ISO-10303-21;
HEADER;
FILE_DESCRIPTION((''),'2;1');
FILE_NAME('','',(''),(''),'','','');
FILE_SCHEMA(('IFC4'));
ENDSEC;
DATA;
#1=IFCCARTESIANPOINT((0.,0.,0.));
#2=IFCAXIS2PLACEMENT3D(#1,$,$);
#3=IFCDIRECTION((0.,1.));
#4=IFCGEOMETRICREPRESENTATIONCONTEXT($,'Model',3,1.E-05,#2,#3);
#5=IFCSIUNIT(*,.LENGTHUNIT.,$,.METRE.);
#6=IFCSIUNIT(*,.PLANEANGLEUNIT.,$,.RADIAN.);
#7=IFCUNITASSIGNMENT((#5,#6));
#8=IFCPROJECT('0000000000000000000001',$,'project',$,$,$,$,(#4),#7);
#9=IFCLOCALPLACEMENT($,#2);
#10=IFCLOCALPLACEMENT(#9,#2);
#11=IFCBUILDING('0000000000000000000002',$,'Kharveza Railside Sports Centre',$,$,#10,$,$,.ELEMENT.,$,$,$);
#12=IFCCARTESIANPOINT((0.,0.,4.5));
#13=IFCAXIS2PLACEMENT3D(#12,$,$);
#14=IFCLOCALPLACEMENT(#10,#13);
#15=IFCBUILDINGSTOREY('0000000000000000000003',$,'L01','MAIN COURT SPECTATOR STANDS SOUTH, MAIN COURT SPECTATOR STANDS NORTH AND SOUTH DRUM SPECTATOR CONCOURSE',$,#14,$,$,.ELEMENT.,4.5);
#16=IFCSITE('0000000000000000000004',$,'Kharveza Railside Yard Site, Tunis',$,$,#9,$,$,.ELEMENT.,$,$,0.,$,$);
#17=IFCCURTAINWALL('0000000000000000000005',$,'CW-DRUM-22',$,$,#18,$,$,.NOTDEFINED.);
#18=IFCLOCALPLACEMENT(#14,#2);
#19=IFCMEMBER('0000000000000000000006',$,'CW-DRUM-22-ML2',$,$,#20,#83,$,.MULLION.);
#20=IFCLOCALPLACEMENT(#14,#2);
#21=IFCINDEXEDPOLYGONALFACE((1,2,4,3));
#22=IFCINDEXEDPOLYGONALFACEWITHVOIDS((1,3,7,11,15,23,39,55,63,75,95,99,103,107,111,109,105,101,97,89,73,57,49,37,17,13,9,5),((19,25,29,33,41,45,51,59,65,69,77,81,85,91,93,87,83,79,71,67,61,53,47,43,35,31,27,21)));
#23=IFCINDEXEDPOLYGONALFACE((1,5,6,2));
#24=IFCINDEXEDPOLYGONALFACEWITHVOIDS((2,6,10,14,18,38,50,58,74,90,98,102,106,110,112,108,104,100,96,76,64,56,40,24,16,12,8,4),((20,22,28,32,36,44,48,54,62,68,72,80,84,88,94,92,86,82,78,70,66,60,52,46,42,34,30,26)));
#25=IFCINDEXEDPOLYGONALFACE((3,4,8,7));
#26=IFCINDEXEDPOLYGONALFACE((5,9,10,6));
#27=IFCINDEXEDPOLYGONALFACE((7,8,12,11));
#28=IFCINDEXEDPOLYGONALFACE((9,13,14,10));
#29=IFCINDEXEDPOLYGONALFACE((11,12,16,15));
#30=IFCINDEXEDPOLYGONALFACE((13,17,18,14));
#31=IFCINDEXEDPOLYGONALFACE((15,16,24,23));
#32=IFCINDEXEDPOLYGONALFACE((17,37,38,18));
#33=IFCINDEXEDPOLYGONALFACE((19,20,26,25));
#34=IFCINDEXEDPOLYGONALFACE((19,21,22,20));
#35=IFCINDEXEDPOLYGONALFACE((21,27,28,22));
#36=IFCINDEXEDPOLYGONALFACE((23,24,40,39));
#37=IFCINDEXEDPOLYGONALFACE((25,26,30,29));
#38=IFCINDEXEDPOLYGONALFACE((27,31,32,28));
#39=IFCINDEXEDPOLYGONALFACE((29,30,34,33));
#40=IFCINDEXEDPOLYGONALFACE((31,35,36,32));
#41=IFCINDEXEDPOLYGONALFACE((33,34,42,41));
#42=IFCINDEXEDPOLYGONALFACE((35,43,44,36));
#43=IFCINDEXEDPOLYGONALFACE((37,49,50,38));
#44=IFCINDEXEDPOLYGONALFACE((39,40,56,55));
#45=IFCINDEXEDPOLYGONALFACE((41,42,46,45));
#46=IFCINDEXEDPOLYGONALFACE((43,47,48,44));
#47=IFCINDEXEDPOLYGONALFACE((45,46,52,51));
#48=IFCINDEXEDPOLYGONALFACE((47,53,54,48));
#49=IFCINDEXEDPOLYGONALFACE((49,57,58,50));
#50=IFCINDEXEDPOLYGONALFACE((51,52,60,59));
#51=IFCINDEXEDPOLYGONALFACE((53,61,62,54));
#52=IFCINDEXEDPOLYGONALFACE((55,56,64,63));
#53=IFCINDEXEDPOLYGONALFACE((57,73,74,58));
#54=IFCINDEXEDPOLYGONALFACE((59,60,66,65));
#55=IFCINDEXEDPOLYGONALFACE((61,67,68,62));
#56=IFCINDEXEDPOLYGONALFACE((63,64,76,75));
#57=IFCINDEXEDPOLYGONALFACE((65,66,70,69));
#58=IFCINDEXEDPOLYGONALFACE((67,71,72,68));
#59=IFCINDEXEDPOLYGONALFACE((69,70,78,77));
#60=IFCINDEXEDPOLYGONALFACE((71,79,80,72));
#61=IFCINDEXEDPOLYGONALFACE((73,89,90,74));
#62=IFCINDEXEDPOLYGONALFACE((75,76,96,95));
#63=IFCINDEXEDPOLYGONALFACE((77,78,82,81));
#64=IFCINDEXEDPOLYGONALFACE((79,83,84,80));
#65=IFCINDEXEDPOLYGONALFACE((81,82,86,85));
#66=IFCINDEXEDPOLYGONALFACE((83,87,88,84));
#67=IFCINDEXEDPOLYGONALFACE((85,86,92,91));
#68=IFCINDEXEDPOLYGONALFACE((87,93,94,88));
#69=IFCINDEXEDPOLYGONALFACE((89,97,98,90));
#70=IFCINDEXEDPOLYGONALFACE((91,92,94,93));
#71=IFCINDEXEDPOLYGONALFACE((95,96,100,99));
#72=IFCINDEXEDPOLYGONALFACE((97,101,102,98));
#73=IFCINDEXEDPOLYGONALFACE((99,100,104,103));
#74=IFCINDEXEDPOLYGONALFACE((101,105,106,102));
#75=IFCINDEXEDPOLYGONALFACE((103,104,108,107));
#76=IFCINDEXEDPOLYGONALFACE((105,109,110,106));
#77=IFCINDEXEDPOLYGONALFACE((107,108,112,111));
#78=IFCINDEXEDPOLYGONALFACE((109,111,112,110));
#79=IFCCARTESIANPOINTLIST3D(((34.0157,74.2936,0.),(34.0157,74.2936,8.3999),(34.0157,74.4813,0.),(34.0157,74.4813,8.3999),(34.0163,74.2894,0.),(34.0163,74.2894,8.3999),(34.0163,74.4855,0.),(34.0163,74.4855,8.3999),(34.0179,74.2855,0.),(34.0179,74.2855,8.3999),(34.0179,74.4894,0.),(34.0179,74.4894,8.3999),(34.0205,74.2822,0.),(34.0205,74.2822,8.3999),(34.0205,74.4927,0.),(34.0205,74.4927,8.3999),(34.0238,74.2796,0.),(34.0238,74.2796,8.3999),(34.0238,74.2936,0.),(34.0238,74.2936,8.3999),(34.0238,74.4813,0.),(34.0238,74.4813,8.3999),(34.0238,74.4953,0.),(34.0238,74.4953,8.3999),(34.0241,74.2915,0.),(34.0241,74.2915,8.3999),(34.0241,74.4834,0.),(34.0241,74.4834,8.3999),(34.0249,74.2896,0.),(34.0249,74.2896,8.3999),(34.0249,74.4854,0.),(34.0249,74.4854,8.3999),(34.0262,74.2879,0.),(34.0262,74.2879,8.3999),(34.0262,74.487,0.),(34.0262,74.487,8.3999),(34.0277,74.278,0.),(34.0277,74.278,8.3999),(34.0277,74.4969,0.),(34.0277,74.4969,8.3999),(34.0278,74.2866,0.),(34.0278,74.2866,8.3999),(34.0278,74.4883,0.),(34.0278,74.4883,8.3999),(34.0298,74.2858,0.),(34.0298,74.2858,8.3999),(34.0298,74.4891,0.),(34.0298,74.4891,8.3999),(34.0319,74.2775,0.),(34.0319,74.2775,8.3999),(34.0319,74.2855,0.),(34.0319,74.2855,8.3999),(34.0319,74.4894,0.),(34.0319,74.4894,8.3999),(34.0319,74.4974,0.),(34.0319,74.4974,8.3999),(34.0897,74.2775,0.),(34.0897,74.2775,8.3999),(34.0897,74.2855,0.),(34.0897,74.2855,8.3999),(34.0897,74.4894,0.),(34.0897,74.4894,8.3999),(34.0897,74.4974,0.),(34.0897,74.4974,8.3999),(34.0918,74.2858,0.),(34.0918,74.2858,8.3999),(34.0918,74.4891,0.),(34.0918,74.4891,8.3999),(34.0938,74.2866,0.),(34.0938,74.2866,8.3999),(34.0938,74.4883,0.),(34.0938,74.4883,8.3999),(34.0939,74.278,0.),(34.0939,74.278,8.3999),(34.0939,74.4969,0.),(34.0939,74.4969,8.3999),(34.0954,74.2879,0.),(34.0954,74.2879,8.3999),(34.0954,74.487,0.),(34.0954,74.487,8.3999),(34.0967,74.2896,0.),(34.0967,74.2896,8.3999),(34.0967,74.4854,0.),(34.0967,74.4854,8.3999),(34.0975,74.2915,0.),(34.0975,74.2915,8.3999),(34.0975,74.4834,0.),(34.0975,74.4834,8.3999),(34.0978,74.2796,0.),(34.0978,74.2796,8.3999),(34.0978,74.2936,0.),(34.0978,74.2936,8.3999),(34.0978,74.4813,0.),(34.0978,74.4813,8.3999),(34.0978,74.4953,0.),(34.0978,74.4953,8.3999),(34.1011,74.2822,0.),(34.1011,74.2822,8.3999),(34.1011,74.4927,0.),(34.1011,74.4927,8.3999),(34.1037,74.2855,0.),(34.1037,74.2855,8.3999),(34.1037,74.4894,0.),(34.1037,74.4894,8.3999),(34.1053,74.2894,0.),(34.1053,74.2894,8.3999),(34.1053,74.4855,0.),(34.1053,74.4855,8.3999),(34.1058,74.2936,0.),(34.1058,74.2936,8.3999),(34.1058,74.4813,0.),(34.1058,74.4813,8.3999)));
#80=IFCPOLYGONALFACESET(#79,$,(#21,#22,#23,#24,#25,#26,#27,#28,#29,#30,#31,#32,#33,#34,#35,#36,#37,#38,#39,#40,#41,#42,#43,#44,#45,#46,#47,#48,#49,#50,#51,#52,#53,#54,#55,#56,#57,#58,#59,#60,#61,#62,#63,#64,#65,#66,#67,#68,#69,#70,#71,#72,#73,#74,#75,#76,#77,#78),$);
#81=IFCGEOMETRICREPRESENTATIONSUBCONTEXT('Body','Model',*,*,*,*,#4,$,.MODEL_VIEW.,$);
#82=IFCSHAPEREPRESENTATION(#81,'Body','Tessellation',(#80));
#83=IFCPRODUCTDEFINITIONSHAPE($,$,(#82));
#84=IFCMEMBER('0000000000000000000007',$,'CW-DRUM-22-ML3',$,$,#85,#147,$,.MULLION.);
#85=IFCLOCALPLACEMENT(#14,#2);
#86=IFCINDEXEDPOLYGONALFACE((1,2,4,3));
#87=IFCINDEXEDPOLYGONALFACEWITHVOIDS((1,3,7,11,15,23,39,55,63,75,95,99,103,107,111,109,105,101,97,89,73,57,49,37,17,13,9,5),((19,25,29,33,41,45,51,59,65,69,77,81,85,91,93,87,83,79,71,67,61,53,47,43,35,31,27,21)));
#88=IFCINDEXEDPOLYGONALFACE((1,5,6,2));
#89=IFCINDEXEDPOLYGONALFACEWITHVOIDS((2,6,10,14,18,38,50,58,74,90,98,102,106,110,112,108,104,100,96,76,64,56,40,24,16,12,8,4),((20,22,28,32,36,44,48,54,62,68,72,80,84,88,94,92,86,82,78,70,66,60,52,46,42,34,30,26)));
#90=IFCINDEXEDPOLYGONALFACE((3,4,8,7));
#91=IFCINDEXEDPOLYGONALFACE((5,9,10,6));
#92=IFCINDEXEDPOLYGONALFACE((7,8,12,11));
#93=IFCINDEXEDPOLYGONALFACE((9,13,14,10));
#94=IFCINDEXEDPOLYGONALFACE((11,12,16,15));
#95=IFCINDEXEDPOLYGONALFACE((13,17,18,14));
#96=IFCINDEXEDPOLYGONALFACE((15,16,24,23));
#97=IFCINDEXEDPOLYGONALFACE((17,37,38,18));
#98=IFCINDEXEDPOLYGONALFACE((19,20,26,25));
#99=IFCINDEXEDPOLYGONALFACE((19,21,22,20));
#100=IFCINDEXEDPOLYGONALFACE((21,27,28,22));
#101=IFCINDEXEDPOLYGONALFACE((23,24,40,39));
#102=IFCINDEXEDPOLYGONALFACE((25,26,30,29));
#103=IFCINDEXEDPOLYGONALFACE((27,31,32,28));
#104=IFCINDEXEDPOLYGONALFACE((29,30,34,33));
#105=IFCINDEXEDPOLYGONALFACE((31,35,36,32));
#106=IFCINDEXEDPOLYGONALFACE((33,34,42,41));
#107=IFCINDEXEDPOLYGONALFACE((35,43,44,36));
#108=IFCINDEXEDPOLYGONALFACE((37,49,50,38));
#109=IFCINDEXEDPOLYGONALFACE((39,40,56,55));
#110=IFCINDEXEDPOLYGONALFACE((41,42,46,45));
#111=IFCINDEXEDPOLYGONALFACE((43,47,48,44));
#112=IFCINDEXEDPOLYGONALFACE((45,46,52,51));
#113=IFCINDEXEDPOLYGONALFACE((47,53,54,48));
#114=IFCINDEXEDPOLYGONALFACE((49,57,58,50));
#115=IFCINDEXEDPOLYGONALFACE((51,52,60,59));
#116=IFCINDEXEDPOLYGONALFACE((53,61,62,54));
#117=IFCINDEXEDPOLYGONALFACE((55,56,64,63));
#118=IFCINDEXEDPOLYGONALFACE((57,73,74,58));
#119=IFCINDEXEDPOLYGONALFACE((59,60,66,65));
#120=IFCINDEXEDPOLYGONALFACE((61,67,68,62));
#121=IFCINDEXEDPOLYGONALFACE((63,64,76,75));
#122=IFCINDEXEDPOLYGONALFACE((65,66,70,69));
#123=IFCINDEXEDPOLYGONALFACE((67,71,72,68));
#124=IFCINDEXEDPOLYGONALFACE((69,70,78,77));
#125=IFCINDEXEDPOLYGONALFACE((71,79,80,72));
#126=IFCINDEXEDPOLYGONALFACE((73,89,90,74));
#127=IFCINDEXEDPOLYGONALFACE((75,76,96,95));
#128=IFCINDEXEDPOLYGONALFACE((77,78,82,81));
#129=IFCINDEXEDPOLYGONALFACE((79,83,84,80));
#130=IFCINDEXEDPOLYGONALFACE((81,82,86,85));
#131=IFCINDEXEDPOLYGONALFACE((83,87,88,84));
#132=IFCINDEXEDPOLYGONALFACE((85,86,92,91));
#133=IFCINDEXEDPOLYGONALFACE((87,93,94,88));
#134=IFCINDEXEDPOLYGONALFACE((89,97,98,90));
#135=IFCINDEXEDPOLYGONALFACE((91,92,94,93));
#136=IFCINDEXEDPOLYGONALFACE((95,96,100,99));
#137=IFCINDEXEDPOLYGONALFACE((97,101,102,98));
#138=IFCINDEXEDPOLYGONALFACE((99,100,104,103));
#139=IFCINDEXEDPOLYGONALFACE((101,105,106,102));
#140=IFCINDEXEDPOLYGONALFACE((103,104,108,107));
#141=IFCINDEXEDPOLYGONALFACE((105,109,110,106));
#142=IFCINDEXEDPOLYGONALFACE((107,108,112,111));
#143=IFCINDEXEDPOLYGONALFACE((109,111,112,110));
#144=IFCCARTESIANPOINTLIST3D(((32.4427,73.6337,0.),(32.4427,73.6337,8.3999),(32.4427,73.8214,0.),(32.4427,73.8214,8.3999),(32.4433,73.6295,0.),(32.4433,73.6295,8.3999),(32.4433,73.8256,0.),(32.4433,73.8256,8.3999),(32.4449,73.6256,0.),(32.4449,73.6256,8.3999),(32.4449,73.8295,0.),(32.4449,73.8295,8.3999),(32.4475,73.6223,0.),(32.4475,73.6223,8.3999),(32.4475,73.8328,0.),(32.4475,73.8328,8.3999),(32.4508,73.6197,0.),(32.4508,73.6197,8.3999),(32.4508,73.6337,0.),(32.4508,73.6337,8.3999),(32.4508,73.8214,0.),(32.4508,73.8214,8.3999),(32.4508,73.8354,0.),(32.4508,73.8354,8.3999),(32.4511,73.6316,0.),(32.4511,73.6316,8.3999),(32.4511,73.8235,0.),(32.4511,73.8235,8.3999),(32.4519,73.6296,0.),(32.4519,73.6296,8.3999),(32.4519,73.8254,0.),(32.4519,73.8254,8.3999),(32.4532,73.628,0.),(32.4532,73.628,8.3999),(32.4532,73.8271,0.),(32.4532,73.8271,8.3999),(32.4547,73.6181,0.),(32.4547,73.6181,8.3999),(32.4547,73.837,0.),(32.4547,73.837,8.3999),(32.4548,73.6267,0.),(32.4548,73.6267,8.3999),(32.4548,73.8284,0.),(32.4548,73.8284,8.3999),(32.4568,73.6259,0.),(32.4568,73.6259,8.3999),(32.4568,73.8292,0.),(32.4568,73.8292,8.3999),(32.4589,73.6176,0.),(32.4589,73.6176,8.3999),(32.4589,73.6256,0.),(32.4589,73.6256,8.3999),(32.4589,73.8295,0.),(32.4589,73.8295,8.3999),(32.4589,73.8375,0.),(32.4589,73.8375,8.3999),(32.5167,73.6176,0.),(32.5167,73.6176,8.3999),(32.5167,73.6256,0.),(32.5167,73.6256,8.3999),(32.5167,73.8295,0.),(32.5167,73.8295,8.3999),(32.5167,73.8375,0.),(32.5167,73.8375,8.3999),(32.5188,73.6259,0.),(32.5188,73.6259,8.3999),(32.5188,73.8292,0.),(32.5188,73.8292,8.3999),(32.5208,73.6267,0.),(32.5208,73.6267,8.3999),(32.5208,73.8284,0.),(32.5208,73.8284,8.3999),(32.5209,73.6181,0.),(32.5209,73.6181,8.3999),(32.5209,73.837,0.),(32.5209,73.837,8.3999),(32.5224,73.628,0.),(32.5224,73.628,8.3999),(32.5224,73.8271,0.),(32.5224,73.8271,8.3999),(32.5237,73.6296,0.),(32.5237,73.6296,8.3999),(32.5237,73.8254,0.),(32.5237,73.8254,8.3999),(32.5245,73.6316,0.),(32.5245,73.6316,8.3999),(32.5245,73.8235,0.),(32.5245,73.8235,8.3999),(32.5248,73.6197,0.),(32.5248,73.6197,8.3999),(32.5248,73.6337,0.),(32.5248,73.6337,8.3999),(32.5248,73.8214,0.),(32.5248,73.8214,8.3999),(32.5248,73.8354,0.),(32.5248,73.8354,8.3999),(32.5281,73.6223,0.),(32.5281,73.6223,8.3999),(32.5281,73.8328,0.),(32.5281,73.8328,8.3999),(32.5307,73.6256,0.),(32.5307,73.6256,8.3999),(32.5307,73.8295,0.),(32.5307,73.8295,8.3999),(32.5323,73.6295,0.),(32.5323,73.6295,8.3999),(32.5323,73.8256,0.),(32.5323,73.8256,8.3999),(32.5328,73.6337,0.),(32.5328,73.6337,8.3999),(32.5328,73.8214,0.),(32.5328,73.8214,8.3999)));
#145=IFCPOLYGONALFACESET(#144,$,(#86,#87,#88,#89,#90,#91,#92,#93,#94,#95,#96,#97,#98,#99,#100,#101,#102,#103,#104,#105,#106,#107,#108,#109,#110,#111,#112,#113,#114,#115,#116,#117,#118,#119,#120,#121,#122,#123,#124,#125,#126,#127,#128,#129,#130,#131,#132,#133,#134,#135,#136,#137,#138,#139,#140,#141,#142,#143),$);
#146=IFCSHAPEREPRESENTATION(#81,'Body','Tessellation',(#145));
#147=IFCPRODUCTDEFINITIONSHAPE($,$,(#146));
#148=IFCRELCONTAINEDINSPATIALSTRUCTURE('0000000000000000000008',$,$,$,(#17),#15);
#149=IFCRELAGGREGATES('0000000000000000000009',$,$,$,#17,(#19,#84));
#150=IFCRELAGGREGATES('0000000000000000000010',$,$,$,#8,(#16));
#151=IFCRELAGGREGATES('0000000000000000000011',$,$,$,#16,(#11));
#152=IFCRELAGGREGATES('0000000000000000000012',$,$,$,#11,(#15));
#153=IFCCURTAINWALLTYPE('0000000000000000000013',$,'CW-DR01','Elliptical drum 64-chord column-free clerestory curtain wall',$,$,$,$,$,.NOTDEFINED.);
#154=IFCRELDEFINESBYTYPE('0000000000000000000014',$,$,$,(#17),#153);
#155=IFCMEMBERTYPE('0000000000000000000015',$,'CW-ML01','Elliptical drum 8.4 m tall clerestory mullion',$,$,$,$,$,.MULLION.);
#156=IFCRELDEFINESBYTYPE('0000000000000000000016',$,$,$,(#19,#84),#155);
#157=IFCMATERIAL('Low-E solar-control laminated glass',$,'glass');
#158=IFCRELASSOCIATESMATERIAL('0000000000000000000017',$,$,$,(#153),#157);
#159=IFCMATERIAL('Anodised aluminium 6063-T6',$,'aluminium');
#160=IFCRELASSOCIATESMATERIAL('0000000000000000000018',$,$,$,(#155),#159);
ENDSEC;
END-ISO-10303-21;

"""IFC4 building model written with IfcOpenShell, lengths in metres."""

from ifc_helpers import new_model, si_unit, direction, frame, origin, origin_2d, place, context, subcontext, project, spatial, hollow_rectangle, extrude, material, material_profile, profile_set, type_object, element, aggregate, save


model = new_model("IFC4")

# Units and contexts
model_context = context("Model", 3, precision=1e-05, world=origin(), true_north=direction((0.0, 1.0)))
body_context = subcontext(model_context, "Body", "Model", "MODEL_VIEW")
ifc_project = project(units=[si_unit("LENGTHUNIT", "METRE"), si_unit("PLANEANGLEUNIT", "RADIAN")], contexts=[model_context])

# Site, building, storey
site_placement = place(None, origin())
site = spatial("IfcSite", under=ifc_project, at=site_placement, Name="Kharveza Railside Yard Site, Tunis", CompositionType="ELEMENT", RefElevation=0.0)
building_placement = place(site_placement, origin())
building = spatial("IfcBuilding", under=site, at=building_placement, Name="Kharveza Railside Sports Centre", CompositionType="ELEMENT")
storey_placement = place(building_placement, frame((0.0, 0.0, 4.5)))
storey = spatial("IfcBuildingStorey", under=building, at=storey_placement, Name="L01", Description="MAIN COURT SPECTATOR STANDS SOUTH, MAIN COURT SPECTATOR STANDS NORTH AND SOUTH DRUM SPECTATOR CONCOURSE", CompositionType="ELEMENT", Elevation=4.5)

# Curtain wall, members
ifc_material_1 = material(Name="Low-E solar-control laminated glass", Category="glass")
curtain_wall_type = type_object("IfcCurtainWallType", Name="CW-DR01", Description="Elliptical drum 64-chord column-free clerestory curtain wall", PredefinedType="NOTDEFINED", material=ifc_material_1)
ifc_material_2 = material(Name="Anodised aluminium 6063-T6", Category="aluminium")
ifc_material_profile_1 = material_profile(ifc_material_2, hollow_rectangle(XDim=0.0901, YDim=0.22, WallThickness=0.0081, InnerFilletRadius=0.0081, OuterFilletRadius=0.0161, at=origin_2d()), Name="RHS 90x220x8.0")
ifc_profile_set_1 = profile_set([ifc_material_profile_1], Name="Anodised aluminium 6063-T6")
member_type_1 = type_object("IfcMemberType", Name="CW-ML01", Description="Elliptical drum 8.4 m tall clerestory mullion", PredefinedType="MULLION", material=ifc_profile_set_1)
curtain_wall_1_placement = place(storey_placement, origin())
curtain_wall_1 = element("IfcCurtainWall", 1, at=curtain_wall_1_placement, inside=storey, type_object=curtain_wall_type, Name="CW-DRUM-22", PredefinedType="NOTDEFINED")
member_1_placement = place(storey_placement, frame((34.0608, 74.3875, 0.0), z_axis=(0.0, 0.0, 1.0), x_axis=(1.0, 0.0, 0.0)))
member_1 = element("IfcMember", 2, at=member_1_placement, type_object=member_type_1, Name="CW-DRUM-22-ML2", PredefinedType="MULLION", context=body_context, shape_type="SweptSolid", body=[
    extrude(hollow_rectangle(XDim=0.0901, YDim=0.22, WallThickness=0.0081, InnerFilletRadius=0.0081, OuterFilletRadius=0.0161, at=origin_2d()), origin(), (0.0, 0.0, 1.0), 8.3999),
])
member_2_placement = place(storey_placement, frame((32.4878, 73.7275, 0.0), z_axis=(0.0, 0.0, 1.0), x_axis=(1.0, 0.0, 0.0)))
member_2 = element("IfcMember", 3, at=member_2_placement, type_object=member_type_1, Name="CW-DRUM-22-ML3", PredefinedType="MULLION", context=body_context, shape_type="SweptSolid", body=[
    extrude(hollow_rectangle(XDim=0.0901, YDim=0.22, WallThickness=0.0081, InnerFilletRadius=0.0081, OuterFilletRadius=0.0161, at=origin_2d()), origin(), (0.0, 0.0, 1.0), 8.3999),
])

aggregate(curtain_wall_1, [member_1, member_2])

save(model, "model.ifc")
